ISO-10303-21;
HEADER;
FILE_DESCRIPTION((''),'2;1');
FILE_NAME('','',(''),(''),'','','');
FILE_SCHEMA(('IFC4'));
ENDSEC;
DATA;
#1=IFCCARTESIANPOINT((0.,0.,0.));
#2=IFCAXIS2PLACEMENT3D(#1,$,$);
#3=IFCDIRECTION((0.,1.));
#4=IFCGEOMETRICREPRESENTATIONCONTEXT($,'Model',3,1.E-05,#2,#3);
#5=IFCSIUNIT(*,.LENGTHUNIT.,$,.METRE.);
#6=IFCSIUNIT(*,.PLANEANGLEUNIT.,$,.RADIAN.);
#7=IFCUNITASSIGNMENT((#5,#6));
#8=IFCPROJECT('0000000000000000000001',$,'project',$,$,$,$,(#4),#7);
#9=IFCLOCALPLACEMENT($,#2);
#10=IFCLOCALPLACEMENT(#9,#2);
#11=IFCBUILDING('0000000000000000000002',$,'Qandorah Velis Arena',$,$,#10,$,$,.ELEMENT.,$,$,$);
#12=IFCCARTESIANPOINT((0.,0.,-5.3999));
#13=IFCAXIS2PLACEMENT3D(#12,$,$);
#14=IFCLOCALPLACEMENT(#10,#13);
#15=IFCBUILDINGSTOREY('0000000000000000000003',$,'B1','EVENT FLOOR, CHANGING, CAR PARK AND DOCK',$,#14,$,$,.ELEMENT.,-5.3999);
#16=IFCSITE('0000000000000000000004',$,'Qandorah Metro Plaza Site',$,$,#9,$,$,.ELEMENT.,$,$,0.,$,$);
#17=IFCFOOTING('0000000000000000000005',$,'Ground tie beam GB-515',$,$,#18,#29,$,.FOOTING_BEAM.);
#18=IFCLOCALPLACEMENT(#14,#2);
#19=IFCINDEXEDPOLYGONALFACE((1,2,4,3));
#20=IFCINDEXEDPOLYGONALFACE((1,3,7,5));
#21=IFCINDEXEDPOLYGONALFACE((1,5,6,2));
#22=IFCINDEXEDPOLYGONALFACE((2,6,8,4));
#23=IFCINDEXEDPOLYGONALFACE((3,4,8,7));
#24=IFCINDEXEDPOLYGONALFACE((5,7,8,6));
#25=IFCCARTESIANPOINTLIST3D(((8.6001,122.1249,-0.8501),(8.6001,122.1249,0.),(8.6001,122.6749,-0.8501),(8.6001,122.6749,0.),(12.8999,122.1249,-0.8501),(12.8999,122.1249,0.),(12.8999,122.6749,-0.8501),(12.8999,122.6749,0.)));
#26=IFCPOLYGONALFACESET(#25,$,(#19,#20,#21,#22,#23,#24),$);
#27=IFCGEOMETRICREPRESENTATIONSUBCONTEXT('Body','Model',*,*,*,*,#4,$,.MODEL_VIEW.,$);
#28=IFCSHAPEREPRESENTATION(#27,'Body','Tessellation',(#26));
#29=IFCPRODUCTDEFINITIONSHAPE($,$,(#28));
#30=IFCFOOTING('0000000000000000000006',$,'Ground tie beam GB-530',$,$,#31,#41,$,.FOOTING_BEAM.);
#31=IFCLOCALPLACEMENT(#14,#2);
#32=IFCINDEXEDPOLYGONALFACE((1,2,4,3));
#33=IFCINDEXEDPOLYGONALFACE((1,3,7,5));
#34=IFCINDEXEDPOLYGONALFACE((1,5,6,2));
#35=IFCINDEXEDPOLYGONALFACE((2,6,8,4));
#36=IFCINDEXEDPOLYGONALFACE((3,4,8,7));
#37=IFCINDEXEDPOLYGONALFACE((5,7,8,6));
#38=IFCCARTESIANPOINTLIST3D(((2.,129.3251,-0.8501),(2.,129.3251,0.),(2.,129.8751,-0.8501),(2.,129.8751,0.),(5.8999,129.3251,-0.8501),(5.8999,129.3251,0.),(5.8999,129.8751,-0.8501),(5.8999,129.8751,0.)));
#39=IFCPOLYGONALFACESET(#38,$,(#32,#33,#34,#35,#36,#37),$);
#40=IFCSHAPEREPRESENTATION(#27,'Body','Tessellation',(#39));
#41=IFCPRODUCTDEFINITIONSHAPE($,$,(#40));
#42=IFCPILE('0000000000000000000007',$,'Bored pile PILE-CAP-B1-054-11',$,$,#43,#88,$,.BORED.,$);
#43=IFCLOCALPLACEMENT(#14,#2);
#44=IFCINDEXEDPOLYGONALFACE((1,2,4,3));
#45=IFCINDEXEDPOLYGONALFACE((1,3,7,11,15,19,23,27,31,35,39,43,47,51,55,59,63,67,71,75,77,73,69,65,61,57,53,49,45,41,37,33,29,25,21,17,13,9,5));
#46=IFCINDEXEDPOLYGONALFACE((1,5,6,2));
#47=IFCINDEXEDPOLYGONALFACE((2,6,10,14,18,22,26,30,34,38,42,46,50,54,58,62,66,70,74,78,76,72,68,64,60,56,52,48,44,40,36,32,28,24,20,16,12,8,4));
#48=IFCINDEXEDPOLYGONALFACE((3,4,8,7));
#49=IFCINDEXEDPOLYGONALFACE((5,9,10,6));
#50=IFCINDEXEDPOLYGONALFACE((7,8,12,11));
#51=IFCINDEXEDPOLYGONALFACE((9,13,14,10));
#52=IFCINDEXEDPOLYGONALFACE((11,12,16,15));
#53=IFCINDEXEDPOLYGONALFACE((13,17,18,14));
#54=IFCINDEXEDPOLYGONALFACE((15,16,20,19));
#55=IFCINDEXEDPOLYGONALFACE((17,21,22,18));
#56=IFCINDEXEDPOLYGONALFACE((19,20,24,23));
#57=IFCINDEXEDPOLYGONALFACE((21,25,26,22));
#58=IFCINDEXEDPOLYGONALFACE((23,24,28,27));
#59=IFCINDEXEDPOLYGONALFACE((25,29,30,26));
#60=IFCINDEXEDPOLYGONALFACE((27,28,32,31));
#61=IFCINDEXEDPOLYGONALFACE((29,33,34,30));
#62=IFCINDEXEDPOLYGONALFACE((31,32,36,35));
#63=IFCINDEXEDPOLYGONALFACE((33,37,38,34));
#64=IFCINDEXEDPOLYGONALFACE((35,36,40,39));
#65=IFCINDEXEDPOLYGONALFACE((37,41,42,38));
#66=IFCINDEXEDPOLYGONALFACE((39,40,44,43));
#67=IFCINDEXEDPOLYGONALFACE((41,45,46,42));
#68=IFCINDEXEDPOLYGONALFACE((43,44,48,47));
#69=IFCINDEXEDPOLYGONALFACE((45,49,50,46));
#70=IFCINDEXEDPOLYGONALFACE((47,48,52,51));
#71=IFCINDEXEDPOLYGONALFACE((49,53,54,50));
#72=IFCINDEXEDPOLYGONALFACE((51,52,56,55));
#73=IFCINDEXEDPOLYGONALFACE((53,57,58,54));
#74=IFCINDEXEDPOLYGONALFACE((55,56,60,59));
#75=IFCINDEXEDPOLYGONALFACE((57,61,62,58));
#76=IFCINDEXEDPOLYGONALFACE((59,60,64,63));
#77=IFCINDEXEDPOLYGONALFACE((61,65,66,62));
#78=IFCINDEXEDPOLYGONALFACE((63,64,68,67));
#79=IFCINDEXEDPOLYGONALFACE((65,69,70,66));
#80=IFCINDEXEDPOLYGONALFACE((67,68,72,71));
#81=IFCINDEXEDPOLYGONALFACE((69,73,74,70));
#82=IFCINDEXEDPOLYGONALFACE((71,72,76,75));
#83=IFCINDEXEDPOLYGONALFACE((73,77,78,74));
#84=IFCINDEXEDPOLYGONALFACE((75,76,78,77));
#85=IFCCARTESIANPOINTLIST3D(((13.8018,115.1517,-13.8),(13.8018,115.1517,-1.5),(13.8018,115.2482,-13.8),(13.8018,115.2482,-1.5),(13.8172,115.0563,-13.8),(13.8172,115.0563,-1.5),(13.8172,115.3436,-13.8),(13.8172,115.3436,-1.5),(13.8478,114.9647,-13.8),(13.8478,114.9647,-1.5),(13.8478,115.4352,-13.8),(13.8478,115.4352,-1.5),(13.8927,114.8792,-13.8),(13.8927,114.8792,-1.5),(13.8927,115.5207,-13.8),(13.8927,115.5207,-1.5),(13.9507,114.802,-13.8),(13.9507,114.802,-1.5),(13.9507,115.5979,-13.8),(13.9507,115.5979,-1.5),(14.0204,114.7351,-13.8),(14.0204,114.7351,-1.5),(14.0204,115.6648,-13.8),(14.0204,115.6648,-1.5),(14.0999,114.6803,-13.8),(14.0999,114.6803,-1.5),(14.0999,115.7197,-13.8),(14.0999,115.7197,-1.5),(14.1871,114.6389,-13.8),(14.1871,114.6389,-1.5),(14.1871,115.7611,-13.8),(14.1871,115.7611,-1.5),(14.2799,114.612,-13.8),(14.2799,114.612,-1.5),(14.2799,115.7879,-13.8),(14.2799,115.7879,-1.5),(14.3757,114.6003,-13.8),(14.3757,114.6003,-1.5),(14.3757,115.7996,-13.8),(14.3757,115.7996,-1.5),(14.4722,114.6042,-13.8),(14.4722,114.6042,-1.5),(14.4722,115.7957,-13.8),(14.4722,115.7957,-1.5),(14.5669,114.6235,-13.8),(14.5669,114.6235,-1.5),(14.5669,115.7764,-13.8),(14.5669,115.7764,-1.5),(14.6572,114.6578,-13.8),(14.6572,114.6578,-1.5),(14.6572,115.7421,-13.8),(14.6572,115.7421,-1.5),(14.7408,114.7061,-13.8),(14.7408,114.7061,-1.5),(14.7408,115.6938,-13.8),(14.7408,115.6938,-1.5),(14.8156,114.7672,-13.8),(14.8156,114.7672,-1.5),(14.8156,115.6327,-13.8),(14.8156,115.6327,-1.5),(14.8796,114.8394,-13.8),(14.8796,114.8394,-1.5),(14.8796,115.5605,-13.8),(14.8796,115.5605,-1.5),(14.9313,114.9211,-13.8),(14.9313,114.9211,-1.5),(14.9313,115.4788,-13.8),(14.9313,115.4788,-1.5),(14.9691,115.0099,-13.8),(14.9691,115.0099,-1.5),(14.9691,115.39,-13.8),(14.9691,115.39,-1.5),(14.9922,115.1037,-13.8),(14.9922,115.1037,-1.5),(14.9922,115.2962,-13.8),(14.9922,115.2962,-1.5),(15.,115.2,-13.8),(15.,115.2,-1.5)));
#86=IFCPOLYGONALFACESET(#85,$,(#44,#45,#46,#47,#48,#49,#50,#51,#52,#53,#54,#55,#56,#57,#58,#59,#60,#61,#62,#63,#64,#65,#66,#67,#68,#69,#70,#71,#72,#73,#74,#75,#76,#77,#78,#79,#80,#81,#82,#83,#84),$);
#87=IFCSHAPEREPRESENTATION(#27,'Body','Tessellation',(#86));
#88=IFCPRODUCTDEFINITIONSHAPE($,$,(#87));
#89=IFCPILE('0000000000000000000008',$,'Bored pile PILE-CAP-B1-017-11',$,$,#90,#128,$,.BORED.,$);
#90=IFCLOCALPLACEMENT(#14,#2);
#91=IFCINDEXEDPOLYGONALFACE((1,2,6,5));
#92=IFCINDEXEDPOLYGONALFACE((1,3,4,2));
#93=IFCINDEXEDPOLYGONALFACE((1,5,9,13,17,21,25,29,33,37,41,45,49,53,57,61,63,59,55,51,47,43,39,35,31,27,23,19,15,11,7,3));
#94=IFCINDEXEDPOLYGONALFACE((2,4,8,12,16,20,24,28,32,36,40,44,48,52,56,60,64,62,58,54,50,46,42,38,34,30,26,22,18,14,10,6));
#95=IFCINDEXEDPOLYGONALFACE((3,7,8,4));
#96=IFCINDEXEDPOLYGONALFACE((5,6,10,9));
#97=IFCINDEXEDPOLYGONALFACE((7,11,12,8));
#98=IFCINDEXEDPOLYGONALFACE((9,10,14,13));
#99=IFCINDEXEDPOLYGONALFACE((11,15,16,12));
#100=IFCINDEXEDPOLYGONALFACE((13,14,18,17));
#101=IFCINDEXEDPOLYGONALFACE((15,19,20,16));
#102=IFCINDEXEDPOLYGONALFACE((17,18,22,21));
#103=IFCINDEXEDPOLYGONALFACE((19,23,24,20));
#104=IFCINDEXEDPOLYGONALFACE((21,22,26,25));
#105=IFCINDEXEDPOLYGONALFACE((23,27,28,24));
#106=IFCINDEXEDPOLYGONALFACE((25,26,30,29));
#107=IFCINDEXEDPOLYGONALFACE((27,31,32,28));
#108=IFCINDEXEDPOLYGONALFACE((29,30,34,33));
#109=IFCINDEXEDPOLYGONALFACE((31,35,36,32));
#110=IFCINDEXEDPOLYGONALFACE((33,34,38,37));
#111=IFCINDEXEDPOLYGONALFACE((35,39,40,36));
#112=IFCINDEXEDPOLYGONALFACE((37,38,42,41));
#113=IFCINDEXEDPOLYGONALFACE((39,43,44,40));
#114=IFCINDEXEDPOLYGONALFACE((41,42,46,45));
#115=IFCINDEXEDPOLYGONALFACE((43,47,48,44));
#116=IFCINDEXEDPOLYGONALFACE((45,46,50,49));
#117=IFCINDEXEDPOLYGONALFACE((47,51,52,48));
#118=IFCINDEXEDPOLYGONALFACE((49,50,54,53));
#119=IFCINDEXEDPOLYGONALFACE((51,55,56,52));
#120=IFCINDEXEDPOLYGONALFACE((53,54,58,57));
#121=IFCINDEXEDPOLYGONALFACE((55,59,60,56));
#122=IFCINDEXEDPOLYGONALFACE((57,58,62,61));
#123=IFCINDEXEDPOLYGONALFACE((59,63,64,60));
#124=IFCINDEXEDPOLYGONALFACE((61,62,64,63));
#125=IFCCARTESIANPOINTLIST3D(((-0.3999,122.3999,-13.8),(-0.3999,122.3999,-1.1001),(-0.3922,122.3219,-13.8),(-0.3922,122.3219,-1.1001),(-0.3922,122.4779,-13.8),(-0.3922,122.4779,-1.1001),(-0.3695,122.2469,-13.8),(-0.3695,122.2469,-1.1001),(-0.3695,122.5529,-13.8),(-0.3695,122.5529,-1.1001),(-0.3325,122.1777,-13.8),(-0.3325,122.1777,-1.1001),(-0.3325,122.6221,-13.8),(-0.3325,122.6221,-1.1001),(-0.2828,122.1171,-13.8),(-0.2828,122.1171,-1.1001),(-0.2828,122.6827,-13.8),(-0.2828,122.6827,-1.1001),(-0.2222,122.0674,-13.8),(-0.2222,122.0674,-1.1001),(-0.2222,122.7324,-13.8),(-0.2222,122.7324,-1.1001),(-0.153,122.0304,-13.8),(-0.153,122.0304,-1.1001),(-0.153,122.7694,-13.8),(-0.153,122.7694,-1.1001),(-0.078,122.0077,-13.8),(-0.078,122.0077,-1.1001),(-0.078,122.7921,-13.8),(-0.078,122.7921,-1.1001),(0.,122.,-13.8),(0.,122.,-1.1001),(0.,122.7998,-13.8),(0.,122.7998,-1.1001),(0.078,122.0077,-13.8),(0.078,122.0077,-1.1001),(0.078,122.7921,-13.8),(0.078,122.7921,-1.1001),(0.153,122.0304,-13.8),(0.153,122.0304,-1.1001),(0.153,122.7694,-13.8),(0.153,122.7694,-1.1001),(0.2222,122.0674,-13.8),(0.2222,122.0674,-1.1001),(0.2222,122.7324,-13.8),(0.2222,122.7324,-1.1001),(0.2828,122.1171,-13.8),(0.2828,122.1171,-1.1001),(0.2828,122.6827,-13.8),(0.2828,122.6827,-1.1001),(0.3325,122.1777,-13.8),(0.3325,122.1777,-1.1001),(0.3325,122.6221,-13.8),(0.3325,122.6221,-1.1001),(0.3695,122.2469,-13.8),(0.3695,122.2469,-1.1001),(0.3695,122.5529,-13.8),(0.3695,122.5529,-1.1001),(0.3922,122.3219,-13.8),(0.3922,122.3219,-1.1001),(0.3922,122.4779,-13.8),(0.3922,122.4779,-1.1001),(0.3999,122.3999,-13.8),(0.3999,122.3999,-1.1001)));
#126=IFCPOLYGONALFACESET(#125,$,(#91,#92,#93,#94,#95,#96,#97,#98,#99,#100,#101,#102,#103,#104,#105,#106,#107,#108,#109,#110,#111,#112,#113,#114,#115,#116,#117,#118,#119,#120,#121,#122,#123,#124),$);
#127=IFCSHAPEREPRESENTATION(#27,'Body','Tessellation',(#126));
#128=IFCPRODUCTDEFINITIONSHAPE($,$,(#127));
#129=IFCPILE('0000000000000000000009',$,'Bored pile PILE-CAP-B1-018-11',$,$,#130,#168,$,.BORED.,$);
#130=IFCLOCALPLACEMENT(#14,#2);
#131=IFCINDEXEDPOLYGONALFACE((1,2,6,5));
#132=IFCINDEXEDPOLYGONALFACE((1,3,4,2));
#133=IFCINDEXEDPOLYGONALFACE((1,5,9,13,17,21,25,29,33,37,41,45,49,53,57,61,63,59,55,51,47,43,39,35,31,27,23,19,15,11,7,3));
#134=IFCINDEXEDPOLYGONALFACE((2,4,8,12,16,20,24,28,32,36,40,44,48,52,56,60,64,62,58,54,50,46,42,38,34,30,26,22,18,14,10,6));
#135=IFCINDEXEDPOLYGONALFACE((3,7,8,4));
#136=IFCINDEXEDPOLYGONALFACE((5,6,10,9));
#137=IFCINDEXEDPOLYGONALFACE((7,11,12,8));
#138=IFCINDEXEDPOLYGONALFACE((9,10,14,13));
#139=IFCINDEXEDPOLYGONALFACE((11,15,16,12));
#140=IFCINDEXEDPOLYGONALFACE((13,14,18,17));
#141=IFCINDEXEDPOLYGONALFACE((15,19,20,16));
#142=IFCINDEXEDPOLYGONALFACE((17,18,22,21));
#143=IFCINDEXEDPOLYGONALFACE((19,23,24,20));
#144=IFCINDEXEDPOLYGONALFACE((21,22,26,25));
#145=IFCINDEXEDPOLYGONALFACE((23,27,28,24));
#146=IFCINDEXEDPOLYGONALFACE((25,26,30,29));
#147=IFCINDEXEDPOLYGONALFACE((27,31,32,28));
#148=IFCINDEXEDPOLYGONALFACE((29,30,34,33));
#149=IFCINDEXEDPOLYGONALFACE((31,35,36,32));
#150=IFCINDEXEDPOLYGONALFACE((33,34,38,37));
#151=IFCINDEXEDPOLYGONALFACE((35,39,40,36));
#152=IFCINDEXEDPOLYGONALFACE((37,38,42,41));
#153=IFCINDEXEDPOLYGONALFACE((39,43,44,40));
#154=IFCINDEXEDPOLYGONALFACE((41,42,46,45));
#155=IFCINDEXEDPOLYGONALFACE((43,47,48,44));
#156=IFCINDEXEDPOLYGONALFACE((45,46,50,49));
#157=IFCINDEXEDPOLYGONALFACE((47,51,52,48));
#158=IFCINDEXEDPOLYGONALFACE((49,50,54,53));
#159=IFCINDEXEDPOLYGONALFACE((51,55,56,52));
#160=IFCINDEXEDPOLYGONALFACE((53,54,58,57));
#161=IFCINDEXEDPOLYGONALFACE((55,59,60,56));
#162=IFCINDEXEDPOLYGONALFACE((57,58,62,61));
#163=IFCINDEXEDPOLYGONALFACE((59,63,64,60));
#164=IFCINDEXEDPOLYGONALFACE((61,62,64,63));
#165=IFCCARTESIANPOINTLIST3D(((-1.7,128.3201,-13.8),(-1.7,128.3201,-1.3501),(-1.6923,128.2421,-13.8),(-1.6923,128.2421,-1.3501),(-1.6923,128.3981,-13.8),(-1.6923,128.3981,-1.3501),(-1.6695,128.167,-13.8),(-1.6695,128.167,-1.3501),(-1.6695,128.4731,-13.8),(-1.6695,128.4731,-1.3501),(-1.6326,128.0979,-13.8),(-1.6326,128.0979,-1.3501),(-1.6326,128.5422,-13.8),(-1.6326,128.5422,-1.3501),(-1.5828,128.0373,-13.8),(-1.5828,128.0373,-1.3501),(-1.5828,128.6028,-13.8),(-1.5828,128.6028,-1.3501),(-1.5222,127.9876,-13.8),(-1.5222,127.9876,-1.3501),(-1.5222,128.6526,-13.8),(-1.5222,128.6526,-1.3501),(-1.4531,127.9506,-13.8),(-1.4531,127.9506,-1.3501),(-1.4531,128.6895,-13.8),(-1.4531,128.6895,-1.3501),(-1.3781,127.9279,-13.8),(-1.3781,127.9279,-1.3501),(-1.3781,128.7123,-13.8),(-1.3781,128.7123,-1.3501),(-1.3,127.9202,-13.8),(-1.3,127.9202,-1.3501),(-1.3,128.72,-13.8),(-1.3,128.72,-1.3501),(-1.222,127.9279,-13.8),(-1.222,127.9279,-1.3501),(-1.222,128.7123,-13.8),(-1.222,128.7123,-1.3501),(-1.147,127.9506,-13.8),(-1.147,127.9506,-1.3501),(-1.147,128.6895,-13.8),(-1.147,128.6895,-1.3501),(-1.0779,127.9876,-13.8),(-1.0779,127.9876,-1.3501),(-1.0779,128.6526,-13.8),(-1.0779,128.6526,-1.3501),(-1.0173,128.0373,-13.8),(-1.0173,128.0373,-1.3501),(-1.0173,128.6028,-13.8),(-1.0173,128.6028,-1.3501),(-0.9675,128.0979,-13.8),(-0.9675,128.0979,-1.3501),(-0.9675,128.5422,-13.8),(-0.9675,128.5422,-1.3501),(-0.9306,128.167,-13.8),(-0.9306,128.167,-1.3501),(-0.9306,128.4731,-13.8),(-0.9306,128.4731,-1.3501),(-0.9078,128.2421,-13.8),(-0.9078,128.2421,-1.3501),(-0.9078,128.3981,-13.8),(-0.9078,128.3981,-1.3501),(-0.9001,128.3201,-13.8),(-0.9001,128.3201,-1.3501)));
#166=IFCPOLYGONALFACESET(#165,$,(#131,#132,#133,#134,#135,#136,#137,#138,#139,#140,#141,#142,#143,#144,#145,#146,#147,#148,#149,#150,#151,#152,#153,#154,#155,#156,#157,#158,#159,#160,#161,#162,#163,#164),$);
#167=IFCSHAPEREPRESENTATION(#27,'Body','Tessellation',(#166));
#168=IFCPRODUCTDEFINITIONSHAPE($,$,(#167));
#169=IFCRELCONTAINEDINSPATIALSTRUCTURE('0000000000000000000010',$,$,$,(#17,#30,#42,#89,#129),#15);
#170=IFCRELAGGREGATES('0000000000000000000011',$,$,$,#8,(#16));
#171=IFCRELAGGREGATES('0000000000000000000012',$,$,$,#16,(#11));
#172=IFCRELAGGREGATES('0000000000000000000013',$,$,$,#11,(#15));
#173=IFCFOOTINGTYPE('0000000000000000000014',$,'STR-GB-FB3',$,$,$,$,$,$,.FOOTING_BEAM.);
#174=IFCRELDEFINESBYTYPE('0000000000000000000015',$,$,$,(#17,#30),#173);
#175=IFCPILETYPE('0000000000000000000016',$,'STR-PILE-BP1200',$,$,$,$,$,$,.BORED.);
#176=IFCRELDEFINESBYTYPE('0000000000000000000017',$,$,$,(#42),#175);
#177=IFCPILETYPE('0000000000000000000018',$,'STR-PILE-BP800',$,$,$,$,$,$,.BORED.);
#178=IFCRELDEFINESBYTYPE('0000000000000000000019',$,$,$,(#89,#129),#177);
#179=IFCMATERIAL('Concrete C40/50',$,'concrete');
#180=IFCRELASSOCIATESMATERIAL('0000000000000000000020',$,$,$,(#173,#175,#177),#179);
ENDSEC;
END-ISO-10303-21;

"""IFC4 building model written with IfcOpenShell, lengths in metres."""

from ifc_helpers import new_model, si_unit, direction, frame, origin, origin_2d, place, context, subcontext, project, spatial, rectangle, circle, extrude, material, material_profile, profile_set, type_object, element, save


model = new_model("IFC4")

# Units and contexts
model_context = context("Model", 3, precision=1e-05, world=origin(), true_north=direction((0.0, 1.0)))
body_context = subcontext(model_context, "Body", "Model", "MODEL_VIEW")
ifc_project = project(units=[si_unit("LENGTHUNIT", "METRE"), si_unit("PLANEANGLEUNIT", "RADIAN")], contexts=[model_context])

# Site, building, storey
site_placement = place(None, origin())
site = spatial("IfcSite", under=ifc_project, at=site_placement, Name="Qandorah Metro Plaza Site", CompositionType="ELEMENT", RefElevation=0.0)
building_placement = place(site_placement, origin())
building = spatial("IfcBuilding", under=site, at=building_placement, Name="Qandorah Velis Arena", CompositionType="ELEMENT")
storey_placement = place(building_placement, frame((0.0, 0.0, -5.3999)))
storey = spatial("IfcBuildingStorey", under=building, at=storey_placement, Name="B1", Description="EVENT FLOOR, CHANGING, CAR PARK AND DOCK", CompositionType="ELEMENT", Elevation=-5.3999)

# Footings
ifc_material = material(Name="Concrete C40/50", Category="concrete")
ifc_material_profile_1 = material_profile(ifc_material, rectangle(XDim=0.55, YDim=0.8501, at=origin_2d()), Name="GB3 550x850")
ifc_profile_set_1 = profile_set([ifc_material_profile_1], Name="Concrete C40/50")
footing_type_1 = type_object("IfcFootingType", Name="STR-GB-FB3", PredefinedType="FOOTING_BEAM", material=ifc_profile_set_1)
footing_1_placement = place(storey_placement, frame((8.6001, 122.3999, -0.425), z_axis=(1.0, 0.0, 0.0), x_axis=(0.0, 1.0, 0.0)))
element("IfcFooting", 1, at=footing_1_placement, inside=storey, type_object=footing_type_1, Name="Ground tie beam GB-515", PredefinedType="FOOTING_BEAM", context=body_context, shape_type="SweptSolid", body=[
    extrude(rectangle(XDim=0.55, YDim=0.8501, at=origin_2d()), origin(), (0.0, 0.0, 1.0), 4.2998),
])
footing_2_placement = place(storey_placement, frame((2.0, 129.6001, -0.425), z_axis=(1.0, 0.0, 0.0), x_axis=(0.0, 1.0, 0.0)))
element("IfcFooting", 2, at=footing_2_placement, inside=storey, type_object=footing_type_1, Name="Ground tie beam GB-530", PredefinedType="FOOTING_BEAM", context=body_context, shape_type="SweptSolid", body=[
    extrude(rectangle(XDim=0.55, YDim=0.8501, at=origin_2d()), origin(), (0.0, 0.0, 1.0), 3.8999),
])

# Piles
ifc_material_profile_2 = material_profile(ifc_material, circle(Radius=0.6001, at=origin_2d()), Name="BORED PILE D1200")
ifc_profile_set_2 = profile_set([ifc_material_profile_2], Name="Concrete C40/50")
pile_type_1 = type_object("IfcPileType", Name="STR-PILE-BP1200", PredefinedType="BORED", material=ifc_profile_set_2)
pile_1_placement = place(storey_placement, frame((14.3999, 115.2, -1.5), z_axis=(0.0, 0.0, -1.0), x_axis=(1.0, 0.0, 0.0)))
element("IfcPile", 3, at=pile_1_placement, inside=storey, type_object=pile_type_1, Name="Bored pile PILE-CAP-B1-054-11", PredefinedType="BORED", context=body_context, shape_type="SweptSolid", body=[
    extrude(circle(Radius=0.6001, at=origin_2d()), origin(), (0.0, 0.0, 1.0), 12.3),
])
ifc_material_profile_3 = material_profile(ifc_material, circle(Radius=0.3999, at=origin_2d()), Name="BORED PILE D800")
ifc_profile_set_3 = profile_set([ifc_material_profile_3], Name="Concrete C40/50")
pile_type_2 = type_object("IfcPileType", Name="STR-PILE-BP800", PredefinedType="BORED", material=ifc_profile_set_3)
pile_2_placement = place(storey_placement, frame((0.0, 122.3999, -1.1001), z_axis=(0.0, 0.0, -1.0), x_axis=(1.0, 0.0, 0.0)))
element("IfcPile", 4, at=pile_2_placement, inside=storey, type_object=pile_type_2, Name="Bored pile PILE-CAP-B1-017-11", PredefinedType="BORED", context=body_context, shape_type="SweptSolid", body=[
    extrude(circle(Radius=0.3999, at=origin_2d()), origin(), (0.0, 0.0, 1.0), 12.7),
])
for number, where, z_axis, x_axis, name in (
    (5, (-1.3, 128.3201, -1.3501), (0.0, 0.0, -1.0), (1.0, 0.0, 0.0), "Bored pile PILE-CAP-B1-018-11"),
):
    element("IfcPile", number, at=place(storey_placement, frame(where, z_axis=z_axis, x_axis=x_axis)), inside=storey, type_object=pile_type_2, Name=name, PredefinedType="BORED", context=body_context, shape_type="SweptSolid", body=[
        extrude(circle(Radius=0.3999, at=origin_2d()), origin(), (0.0, 0.0, 1.0), 12.45),
    ])

save(model, "model.ifc")
